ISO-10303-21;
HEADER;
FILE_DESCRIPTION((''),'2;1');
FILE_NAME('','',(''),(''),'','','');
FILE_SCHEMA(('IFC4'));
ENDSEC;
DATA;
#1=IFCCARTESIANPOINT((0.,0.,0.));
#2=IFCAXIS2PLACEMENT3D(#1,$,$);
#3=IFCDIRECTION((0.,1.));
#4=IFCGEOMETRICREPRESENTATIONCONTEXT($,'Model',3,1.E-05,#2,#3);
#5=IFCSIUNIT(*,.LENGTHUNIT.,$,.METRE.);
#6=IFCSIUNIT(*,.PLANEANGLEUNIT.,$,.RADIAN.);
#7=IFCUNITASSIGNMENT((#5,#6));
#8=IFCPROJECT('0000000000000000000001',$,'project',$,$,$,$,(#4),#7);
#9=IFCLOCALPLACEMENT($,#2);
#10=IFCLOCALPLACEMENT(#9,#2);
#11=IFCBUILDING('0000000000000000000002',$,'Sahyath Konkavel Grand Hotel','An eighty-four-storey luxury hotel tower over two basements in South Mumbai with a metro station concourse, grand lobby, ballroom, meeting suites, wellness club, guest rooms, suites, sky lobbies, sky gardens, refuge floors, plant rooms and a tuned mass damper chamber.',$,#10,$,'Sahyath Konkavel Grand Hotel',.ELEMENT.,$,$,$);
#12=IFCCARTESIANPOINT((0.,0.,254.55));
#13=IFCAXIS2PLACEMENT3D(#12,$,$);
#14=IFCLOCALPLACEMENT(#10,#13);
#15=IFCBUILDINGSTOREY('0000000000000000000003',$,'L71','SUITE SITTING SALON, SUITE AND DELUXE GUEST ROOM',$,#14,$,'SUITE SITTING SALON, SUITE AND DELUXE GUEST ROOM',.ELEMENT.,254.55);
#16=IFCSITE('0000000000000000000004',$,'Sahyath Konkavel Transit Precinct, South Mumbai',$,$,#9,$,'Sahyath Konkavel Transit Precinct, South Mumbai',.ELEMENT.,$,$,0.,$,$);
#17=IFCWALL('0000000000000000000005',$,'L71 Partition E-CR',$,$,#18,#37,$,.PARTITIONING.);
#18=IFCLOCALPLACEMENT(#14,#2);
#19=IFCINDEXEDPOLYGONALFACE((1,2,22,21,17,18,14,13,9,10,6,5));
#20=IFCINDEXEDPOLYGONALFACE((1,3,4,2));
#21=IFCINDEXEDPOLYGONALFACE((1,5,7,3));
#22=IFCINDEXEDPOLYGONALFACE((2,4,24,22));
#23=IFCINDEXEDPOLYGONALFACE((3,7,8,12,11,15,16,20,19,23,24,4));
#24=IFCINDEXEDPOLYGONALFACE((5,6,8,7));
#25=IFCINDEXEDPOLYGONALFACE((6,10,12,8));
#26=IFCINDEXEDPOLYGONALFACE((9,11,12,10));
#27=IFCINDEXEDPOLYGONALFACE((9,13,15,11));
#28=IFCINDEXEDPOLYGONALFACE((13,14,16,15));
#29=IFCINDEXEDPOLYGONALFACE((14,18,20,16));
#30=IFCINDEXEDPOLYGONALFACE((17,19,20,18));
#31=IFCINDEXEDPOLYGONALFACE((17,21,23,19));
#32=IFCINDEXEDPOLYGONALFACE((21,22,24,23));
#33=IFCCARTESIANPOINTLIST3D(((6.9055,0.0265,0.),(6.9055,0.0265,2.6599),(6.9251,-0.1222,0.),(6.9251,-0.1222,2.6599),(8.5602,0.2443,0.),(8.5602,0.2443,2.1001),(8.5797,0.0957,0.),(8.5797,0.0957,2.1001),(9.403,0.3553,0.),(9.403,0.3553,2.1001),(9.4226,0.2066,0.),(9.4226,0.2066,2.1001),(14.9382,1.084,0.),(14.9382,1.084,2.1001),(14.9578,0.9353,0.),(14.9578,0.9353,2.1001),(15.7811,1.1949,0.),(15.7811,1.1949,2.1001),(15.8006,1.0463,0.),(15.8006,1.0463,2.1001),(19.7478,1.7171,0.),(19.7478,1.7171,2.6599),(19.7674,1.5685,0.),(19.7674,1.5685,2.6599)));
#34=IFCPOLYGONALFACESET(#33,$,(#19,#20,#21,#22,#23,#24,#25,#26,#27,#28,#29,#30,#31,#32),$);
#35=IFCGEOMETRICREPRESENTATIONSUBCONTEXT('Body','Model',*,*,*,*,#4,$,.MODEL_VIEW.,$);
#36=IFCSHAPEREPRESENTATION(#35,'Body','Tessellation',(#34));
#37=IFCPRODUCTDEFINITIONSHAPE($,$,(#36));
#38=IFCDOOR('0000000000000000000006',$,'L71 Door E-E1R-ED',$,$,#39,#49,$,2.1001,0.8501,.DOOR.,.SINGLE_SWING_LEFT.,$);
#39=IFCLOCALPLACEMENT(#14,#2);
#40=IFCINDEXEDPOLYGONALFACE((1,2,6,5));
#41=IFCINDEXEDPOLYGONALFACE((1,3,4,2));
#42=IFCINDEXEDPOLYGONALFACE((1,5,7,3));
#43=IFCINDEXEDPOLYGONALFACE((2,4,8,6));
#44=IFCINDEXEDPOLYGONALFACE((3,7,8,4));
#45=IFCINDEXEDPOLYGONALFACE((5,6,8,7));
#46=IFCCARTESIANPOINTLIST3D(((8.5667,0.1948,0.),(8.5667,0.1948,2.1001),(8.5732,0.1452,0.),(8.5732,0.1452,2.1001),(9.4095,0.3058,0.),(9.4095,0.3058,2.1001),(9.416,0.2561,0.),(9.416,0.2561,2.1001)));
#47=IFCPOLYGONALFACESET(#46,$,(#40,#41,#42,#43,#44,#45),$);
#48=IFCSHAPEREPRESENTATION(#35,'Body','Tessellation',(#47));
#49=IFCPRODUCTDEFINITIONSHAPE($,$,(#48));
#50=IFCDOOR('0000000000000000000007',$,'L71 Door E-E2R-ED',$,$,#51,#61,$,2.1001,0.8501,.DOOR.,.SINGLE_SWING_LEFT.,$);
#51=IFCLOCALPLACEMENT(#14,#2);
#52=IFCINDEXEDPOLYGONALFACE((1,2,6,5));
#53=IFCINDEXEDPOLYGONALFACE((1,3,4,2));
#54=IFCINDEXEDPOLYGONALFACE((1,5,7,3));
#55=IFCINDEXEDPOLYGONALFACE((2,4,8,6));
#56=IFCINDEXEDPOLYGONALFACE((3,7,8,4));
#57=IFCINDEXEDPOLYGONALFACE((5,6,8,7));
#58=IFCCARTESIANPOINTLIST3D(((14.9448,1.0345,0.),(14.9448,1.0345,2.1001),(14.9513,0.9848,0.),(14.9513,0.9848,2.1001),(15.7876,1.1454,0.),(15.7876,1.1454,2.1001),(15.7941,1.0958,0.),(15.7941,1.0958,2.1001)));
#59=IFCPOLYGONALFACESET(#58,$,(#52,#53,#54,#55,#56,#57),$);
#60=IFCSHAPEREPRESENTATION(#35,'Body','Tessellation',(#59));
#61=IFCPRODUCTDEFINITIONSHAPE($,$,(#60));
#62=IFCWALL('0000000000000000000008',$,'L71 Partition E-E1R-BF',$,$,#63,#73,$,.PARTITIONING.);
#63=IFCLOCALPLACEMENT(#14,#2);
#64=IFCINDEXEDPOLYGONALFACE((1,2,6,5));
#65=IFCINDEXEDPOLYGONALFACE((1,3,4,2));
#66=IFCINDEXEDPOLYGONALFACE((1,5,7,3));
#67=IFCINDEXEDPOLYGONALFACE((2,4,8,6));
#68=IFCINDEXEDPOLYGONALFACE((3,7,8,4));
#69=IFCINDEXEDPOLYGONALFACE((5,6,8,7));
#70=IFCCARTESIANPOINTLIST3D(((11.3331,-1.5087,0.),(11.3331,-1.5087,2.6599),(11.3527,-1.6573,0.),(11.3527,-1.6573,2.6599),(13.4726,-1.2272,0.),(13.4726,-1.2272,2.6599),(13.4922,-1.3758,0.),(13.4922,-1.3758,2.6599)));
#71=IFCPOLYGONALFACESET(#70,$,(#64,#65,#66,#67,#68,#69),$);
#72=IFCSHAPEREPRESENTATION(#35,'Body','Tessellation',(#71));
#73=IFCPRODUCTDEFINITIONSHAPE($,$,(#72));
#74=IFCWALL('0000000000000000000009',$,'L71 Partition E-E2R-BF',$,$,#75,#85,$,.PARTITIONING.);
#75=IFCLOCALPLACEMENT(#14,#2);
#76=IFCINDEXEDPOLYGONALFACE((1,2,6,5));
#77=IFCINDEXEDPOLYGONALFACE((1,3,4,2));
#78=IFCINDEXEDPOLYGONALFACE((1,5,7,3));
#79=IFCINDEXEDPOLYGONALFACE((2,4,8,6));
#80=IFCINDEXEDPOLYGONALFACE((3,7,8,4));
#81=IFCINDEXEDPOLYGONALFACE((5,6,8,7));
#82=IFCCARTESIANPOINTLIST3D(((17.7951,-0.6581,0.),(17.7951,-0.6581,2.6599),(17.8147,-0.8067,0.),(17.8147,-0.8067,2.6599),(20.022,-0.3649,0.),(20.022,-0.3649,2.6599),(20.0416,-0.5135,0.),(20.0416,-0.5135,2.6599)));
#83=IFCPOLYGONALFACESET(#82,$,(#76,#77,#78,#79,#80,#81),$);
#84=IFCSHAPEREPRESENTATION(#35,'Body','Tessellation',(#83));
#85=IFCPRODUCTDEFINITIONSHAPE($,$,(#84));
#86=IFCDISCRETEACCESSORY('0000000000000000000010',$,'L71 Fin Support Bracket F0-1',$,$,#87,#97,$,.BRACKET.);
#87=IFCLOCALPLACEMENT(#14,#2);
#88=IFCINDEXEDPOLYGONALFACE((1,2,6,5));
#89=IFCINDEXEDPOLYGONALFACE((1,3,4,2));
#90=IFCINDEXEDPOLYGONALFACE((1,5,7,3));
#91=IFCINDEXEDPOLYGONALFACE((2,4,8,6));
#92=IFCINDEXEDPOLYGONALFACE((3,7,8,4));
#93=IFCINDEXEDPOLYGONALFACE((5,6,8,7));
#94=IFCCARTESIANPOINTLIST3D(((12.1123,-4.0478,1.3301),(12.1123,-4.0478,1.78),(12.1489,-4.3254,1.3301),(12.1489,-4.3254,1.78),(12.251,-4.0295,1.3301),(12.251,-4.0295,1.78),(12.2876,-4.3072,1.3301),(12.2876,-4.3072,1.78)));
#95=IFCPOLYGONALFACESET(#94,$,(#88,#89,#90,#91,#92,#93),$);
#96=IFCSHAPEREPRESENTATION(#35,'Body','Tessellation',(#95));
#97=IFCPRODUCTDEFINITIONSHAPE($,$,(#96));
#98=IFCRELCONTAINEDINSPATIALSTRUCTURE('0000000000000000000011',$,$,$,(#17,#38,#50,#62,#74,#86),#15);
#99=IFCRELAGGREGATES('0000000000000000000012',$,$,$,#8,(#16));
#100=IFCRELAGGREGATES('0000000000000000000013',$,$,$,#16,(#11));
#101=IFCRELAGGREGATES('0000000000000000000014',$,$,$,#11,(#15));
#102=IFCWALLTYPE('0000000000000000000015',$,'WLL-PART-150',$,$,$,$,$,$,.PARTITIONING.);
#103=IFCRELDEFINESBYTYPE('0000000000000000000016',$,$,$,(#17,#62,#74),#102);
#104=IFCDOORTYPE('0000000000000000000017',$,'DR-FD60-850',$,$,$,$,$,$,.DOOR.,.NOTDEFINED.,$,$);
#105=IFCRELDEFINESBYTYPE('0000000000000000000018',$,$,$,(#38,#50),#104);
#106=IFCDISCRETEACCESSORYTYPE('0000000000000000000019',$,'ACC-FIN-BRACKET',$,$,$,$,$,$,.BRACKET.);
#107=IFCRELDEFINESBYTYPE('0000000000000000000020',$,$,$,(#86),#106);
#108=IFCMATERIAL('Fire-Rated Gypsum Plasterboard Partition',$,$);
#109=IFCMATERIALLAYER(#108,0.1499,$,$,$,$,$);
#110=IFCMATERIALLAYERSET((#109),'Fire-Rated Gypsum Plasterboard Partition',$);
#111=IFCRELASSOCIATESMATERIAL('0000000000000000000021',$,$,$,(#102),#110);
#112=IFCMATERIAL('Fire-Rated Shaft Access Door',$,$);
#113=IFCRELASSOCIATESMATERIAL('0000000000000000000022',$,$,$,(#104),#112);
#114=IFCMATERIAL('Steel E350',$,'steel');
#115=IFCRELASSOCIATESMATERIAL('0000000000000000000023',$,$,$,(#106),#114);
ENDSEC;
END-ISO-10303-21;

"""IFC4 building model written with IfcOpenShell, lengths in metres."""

from ifc_helpers import new_model, si_unit, direction, frame, frame_2d, origin, origin_2d, place, context, subcontext, project, spatial, rectangle, extrude, source, transform, mapped, material, layer, layer_set, type_object, element, fill, save


model = new_model("IFC4")

# Units and contexts
model_context = context("Model", 3, precision=1e-05, world=origin(), true_north=direction((0.0, 1.0)))
body_context = subcontext(model_context, "Body", "Model", "MODEL_VIEW")
ifc_project = project(units=[si_unit("LENGTHUNIT", "METRE"), si_unit("PLANEANGLEUNIT", "RADIAN")], contexts=[model_context])

# Site, building, storey
site_placement = place(None, origin())
site = spatial("IfcSite", under=ifc_project, at=site_placement, Name="Sahyath Konkavel Transit Precinct, South Mumbai", LongName="Sahyath Konkavel Transit Precinct, South Mumbai", CompositionType="ELEMENT", RefElevation=0.0)
building_placement = place(site_placement, origin())
building = spatial("IfcBuilding", under=site, at=building_placement, Name="Sahyath Konkavel Grand Hotel", Description="An eighty-four-storey luxury hotel tower over two basements in South Mumbai with a metro station concourse, grand lobby, ballroom, meeting suites, wellness club, guest rooms, suites, sky lobbies, sky gardens, refuge floors, plant rooms and a tuned mass damper chamber.", LongName="Sahyath Konkavel Grand Hotel", CompositionType="ELEMENT")
storey_placement = place(building_placement, frame((0.0, 0.0, 254.55)))
storey = spatial("IfcBuildingStorey", under=building, at=storey_placement, Name="L71", Description="SUITE SITTING SALON, SUITE AND DELUXE GUEST ROOM", LongName="SUITE SITTING SALON, SUITE AND DELUXE GUEST ROOM", CompositionType="ELEMENT", Elevation=254.55)

# Shared definitions
ifc_material_1 = material(Name="Steel E350", Category="steel")

# Wall, openings, doors
ifc_material_2 = material(Name="Fire-Rated Gypsum Plasterboard Partition")
ifc_layer_1 = layer(ifc_material_2, 0.1499)
ifc_layer_set_1 = layer_set([ifc_layer_1], Name="Fire-Rated Gypsum Plasterboard Partition")
wall_type_1 = type_object("IfcWallType", Name="WLL-PART-150", PredefinedType="PARTITIONING", material=ifc_layer_set_1)
wall_1_placement = place(storey_placement, frame((6.9153, -0.0479, 0.0), z_axis=(0.0, 0.0, 1.0), x_axis=(0.991445, 0.130523, 0.0)))
wall_1 = element("IfcWall", 1, at=wall_1_placement, inside=storey, type_object=wall_type_1, Name="L71 Partition E-CR", PredefinedType="PARTITIONING", context=body_context, shape_type="SweptSolid", body=[
    extrude(rectangle(XDim=12.9531, YDim=0.1499, at=frame_2d((6.4766, 0.0))), origin(), (0.0, 0.0, 1.0), 2.6599),
])
opening_1_placement = place(wall_1_placement, frame((1.6689, 0.0, 0.0)))
opening_1 = element("IfcOpeningElement", 2, at=opening_1_placement, cuts=wall_1, PredefinedType="OPENING", context=body_context, shape_type="SweptSolid", body=[
    extrude(rectangle(XDim=0.8501, YDim=2.1001, at=frame_2d((0.425, 1.05))), frame((0.0, 0.085, 0.0), z_axis=(0.0, -1.0, 0.0), x_axis=(1.0, 0.0, 0.0)), (0.0, 0.0, 1.0), 0.1699),
])
opening_2_placement = place(wall_1_placement, frame((8.1021, 0.0, 0.0)))
opening_2 = element("IfcOpeningElement", 3, at=opening_2_placement, cuts=wall_1, PredefinedType="OPENING", context=body_context, shape_type="SweptSolid", body=[
    extrude(rectangle(XDim=0.8501, YDim=2.1001, at=frame_2d((0.425, 1.05))), frame((0.0, 0.085, 0.0), z_axis=(0.0, -1.0, 0.0), x_axis=(1.0, 0.0, 0.0)), (0.0, 0.0, 1.0), 0.1699),
])
ifc_material_3 = material(Name="Fire-Rated Shaft Access Door")
door_type = type_object("IfcDoorType", Name="DR-FD60-850", OperationType="NOTDEFINED", PredefinedType="DOOR", material=ifc_material_3)
shared_shape_1 = source(origin(), body_context, "Body", "SweptSolid", [
    extrude(rectangle(XDim=0.8501, YDim=0.05, at=origin_2d()), origin(), (0.0, 0.0, 1.0), 2.1001),
])
door_1_placement = place(opening_1_placement, frame((0.425, 0.0, 0.0)))
door_1 = element("IfcDoor", 4, at=door_1_placement, inside=storey, type_object=door_type, Name="L71 Door E-E1R-ED", OperationType="SINGLE_SWING_LEFT", OverallHeight=2.1001, OverallWidth=0.8501, PredefinedType="DOOR", context=body_context, shape_type="MappedRepresentation", body=[
    mapped(shared_shape_1, transform((0.0, 0.0, 0.0), scale=1.0)),
])
fill(opening_1, door_1)
door_2_placement = place(opening_2_placement, frame((0.425, 0.0, 0.0)))
door_2 = element("IfcDoor", 5, at=door_2_placement, inside=storey, type_object=door_type, Name="L71 Door E-E2R-ED", OperationType="SINGLE_SWING_LEFT", OverallHeight=2.1001, OverallWidth=0.8501, PredefinedType="DOOR", context=body_context, shape_type="MappedRepresentation", body=[
    mapped(shared_shape_1, transform((0.0, 0.0, 0.0), scale=1.0)),
])
fill(opening_2, door_2)

# Walls
wall_2_placement = place(storey_placement, frame((11.3428, -1.583, 0.0), z_axis=(0.0, 0.0, 1.0), x_axis=(0.991455, 0.130452, 0.0)))
element("IfcWall", 6, at=wall_2_placement, inside=storey, type_object=wall_type_1, Name="L71 Partition E-E1R-BF", PredefinedType="PARTITIONING", context=body_context, shape_type="SweptSolid", body=[
    extrude(rectangle(XDim=2.158, YDim=0.1499, at=frame_2d((1.0791, 0.0))), origin(), (0.0, 0.0, 1.0), 2.6599),
])
wall_3_placement = place(storey_placement, frame((17.8049, -0.7324, 0.0), z_axis=(0.0, 0.0, 1.0), x_axis=(0.991442, 0.130547, 0.0)))
element("IfcWall", 7, at=wall_3_placement, inside=storey, type_object=wall_type_1, Name="L71 Partition E-E2R-BF", PredefinedType="PARTITIONING", context=body_context, shape_type="SweptSolid", body=[
    extrude(rectangle(XDim=2.2461, YDim=0.1499, at=frame_2d((1.123, 0.0))), origin(), (0.0, 0.0, 1.0), 2.6599),
])

# Discrete accessory
discrete_accessory_type = type_object("IfcDiscreteAccessoryType", Name="ACC-FIN-BRACKET", PredefinedType="BRACKET", material=ifc_material_1)
shared_shape_2 = source(origin(), body_context, "Body", "SweptSolid", [
    extrude(rectangle(XDim=0.28, YDim=0.1399, at=origin_2d()), origin(), (0.0, 0.0, 1.0), 0.45),
])
discrete_accessory_placement = place(storey_placement, frame((12.2, -4.1775, 1.3301), z_axis=(0.0, 0.0, 1.0), x_axis=(0.130526, -0.991445, 0.0)))
element("IfcDiscreteAccessory", 8, at=discrete_accessory_placement, inside=storey, type_object=discrete_accessory_type, Name="L71 Fin Support Bracket F0-1", PredefinedType="BRACKET", context=body_context, shape_type="MappedRepresentation", body=[
    mapped(shared_shape_2, transform((0.0, 0.0, 0.0), scale=1.0)),
])

save(model, "model.ifc")
